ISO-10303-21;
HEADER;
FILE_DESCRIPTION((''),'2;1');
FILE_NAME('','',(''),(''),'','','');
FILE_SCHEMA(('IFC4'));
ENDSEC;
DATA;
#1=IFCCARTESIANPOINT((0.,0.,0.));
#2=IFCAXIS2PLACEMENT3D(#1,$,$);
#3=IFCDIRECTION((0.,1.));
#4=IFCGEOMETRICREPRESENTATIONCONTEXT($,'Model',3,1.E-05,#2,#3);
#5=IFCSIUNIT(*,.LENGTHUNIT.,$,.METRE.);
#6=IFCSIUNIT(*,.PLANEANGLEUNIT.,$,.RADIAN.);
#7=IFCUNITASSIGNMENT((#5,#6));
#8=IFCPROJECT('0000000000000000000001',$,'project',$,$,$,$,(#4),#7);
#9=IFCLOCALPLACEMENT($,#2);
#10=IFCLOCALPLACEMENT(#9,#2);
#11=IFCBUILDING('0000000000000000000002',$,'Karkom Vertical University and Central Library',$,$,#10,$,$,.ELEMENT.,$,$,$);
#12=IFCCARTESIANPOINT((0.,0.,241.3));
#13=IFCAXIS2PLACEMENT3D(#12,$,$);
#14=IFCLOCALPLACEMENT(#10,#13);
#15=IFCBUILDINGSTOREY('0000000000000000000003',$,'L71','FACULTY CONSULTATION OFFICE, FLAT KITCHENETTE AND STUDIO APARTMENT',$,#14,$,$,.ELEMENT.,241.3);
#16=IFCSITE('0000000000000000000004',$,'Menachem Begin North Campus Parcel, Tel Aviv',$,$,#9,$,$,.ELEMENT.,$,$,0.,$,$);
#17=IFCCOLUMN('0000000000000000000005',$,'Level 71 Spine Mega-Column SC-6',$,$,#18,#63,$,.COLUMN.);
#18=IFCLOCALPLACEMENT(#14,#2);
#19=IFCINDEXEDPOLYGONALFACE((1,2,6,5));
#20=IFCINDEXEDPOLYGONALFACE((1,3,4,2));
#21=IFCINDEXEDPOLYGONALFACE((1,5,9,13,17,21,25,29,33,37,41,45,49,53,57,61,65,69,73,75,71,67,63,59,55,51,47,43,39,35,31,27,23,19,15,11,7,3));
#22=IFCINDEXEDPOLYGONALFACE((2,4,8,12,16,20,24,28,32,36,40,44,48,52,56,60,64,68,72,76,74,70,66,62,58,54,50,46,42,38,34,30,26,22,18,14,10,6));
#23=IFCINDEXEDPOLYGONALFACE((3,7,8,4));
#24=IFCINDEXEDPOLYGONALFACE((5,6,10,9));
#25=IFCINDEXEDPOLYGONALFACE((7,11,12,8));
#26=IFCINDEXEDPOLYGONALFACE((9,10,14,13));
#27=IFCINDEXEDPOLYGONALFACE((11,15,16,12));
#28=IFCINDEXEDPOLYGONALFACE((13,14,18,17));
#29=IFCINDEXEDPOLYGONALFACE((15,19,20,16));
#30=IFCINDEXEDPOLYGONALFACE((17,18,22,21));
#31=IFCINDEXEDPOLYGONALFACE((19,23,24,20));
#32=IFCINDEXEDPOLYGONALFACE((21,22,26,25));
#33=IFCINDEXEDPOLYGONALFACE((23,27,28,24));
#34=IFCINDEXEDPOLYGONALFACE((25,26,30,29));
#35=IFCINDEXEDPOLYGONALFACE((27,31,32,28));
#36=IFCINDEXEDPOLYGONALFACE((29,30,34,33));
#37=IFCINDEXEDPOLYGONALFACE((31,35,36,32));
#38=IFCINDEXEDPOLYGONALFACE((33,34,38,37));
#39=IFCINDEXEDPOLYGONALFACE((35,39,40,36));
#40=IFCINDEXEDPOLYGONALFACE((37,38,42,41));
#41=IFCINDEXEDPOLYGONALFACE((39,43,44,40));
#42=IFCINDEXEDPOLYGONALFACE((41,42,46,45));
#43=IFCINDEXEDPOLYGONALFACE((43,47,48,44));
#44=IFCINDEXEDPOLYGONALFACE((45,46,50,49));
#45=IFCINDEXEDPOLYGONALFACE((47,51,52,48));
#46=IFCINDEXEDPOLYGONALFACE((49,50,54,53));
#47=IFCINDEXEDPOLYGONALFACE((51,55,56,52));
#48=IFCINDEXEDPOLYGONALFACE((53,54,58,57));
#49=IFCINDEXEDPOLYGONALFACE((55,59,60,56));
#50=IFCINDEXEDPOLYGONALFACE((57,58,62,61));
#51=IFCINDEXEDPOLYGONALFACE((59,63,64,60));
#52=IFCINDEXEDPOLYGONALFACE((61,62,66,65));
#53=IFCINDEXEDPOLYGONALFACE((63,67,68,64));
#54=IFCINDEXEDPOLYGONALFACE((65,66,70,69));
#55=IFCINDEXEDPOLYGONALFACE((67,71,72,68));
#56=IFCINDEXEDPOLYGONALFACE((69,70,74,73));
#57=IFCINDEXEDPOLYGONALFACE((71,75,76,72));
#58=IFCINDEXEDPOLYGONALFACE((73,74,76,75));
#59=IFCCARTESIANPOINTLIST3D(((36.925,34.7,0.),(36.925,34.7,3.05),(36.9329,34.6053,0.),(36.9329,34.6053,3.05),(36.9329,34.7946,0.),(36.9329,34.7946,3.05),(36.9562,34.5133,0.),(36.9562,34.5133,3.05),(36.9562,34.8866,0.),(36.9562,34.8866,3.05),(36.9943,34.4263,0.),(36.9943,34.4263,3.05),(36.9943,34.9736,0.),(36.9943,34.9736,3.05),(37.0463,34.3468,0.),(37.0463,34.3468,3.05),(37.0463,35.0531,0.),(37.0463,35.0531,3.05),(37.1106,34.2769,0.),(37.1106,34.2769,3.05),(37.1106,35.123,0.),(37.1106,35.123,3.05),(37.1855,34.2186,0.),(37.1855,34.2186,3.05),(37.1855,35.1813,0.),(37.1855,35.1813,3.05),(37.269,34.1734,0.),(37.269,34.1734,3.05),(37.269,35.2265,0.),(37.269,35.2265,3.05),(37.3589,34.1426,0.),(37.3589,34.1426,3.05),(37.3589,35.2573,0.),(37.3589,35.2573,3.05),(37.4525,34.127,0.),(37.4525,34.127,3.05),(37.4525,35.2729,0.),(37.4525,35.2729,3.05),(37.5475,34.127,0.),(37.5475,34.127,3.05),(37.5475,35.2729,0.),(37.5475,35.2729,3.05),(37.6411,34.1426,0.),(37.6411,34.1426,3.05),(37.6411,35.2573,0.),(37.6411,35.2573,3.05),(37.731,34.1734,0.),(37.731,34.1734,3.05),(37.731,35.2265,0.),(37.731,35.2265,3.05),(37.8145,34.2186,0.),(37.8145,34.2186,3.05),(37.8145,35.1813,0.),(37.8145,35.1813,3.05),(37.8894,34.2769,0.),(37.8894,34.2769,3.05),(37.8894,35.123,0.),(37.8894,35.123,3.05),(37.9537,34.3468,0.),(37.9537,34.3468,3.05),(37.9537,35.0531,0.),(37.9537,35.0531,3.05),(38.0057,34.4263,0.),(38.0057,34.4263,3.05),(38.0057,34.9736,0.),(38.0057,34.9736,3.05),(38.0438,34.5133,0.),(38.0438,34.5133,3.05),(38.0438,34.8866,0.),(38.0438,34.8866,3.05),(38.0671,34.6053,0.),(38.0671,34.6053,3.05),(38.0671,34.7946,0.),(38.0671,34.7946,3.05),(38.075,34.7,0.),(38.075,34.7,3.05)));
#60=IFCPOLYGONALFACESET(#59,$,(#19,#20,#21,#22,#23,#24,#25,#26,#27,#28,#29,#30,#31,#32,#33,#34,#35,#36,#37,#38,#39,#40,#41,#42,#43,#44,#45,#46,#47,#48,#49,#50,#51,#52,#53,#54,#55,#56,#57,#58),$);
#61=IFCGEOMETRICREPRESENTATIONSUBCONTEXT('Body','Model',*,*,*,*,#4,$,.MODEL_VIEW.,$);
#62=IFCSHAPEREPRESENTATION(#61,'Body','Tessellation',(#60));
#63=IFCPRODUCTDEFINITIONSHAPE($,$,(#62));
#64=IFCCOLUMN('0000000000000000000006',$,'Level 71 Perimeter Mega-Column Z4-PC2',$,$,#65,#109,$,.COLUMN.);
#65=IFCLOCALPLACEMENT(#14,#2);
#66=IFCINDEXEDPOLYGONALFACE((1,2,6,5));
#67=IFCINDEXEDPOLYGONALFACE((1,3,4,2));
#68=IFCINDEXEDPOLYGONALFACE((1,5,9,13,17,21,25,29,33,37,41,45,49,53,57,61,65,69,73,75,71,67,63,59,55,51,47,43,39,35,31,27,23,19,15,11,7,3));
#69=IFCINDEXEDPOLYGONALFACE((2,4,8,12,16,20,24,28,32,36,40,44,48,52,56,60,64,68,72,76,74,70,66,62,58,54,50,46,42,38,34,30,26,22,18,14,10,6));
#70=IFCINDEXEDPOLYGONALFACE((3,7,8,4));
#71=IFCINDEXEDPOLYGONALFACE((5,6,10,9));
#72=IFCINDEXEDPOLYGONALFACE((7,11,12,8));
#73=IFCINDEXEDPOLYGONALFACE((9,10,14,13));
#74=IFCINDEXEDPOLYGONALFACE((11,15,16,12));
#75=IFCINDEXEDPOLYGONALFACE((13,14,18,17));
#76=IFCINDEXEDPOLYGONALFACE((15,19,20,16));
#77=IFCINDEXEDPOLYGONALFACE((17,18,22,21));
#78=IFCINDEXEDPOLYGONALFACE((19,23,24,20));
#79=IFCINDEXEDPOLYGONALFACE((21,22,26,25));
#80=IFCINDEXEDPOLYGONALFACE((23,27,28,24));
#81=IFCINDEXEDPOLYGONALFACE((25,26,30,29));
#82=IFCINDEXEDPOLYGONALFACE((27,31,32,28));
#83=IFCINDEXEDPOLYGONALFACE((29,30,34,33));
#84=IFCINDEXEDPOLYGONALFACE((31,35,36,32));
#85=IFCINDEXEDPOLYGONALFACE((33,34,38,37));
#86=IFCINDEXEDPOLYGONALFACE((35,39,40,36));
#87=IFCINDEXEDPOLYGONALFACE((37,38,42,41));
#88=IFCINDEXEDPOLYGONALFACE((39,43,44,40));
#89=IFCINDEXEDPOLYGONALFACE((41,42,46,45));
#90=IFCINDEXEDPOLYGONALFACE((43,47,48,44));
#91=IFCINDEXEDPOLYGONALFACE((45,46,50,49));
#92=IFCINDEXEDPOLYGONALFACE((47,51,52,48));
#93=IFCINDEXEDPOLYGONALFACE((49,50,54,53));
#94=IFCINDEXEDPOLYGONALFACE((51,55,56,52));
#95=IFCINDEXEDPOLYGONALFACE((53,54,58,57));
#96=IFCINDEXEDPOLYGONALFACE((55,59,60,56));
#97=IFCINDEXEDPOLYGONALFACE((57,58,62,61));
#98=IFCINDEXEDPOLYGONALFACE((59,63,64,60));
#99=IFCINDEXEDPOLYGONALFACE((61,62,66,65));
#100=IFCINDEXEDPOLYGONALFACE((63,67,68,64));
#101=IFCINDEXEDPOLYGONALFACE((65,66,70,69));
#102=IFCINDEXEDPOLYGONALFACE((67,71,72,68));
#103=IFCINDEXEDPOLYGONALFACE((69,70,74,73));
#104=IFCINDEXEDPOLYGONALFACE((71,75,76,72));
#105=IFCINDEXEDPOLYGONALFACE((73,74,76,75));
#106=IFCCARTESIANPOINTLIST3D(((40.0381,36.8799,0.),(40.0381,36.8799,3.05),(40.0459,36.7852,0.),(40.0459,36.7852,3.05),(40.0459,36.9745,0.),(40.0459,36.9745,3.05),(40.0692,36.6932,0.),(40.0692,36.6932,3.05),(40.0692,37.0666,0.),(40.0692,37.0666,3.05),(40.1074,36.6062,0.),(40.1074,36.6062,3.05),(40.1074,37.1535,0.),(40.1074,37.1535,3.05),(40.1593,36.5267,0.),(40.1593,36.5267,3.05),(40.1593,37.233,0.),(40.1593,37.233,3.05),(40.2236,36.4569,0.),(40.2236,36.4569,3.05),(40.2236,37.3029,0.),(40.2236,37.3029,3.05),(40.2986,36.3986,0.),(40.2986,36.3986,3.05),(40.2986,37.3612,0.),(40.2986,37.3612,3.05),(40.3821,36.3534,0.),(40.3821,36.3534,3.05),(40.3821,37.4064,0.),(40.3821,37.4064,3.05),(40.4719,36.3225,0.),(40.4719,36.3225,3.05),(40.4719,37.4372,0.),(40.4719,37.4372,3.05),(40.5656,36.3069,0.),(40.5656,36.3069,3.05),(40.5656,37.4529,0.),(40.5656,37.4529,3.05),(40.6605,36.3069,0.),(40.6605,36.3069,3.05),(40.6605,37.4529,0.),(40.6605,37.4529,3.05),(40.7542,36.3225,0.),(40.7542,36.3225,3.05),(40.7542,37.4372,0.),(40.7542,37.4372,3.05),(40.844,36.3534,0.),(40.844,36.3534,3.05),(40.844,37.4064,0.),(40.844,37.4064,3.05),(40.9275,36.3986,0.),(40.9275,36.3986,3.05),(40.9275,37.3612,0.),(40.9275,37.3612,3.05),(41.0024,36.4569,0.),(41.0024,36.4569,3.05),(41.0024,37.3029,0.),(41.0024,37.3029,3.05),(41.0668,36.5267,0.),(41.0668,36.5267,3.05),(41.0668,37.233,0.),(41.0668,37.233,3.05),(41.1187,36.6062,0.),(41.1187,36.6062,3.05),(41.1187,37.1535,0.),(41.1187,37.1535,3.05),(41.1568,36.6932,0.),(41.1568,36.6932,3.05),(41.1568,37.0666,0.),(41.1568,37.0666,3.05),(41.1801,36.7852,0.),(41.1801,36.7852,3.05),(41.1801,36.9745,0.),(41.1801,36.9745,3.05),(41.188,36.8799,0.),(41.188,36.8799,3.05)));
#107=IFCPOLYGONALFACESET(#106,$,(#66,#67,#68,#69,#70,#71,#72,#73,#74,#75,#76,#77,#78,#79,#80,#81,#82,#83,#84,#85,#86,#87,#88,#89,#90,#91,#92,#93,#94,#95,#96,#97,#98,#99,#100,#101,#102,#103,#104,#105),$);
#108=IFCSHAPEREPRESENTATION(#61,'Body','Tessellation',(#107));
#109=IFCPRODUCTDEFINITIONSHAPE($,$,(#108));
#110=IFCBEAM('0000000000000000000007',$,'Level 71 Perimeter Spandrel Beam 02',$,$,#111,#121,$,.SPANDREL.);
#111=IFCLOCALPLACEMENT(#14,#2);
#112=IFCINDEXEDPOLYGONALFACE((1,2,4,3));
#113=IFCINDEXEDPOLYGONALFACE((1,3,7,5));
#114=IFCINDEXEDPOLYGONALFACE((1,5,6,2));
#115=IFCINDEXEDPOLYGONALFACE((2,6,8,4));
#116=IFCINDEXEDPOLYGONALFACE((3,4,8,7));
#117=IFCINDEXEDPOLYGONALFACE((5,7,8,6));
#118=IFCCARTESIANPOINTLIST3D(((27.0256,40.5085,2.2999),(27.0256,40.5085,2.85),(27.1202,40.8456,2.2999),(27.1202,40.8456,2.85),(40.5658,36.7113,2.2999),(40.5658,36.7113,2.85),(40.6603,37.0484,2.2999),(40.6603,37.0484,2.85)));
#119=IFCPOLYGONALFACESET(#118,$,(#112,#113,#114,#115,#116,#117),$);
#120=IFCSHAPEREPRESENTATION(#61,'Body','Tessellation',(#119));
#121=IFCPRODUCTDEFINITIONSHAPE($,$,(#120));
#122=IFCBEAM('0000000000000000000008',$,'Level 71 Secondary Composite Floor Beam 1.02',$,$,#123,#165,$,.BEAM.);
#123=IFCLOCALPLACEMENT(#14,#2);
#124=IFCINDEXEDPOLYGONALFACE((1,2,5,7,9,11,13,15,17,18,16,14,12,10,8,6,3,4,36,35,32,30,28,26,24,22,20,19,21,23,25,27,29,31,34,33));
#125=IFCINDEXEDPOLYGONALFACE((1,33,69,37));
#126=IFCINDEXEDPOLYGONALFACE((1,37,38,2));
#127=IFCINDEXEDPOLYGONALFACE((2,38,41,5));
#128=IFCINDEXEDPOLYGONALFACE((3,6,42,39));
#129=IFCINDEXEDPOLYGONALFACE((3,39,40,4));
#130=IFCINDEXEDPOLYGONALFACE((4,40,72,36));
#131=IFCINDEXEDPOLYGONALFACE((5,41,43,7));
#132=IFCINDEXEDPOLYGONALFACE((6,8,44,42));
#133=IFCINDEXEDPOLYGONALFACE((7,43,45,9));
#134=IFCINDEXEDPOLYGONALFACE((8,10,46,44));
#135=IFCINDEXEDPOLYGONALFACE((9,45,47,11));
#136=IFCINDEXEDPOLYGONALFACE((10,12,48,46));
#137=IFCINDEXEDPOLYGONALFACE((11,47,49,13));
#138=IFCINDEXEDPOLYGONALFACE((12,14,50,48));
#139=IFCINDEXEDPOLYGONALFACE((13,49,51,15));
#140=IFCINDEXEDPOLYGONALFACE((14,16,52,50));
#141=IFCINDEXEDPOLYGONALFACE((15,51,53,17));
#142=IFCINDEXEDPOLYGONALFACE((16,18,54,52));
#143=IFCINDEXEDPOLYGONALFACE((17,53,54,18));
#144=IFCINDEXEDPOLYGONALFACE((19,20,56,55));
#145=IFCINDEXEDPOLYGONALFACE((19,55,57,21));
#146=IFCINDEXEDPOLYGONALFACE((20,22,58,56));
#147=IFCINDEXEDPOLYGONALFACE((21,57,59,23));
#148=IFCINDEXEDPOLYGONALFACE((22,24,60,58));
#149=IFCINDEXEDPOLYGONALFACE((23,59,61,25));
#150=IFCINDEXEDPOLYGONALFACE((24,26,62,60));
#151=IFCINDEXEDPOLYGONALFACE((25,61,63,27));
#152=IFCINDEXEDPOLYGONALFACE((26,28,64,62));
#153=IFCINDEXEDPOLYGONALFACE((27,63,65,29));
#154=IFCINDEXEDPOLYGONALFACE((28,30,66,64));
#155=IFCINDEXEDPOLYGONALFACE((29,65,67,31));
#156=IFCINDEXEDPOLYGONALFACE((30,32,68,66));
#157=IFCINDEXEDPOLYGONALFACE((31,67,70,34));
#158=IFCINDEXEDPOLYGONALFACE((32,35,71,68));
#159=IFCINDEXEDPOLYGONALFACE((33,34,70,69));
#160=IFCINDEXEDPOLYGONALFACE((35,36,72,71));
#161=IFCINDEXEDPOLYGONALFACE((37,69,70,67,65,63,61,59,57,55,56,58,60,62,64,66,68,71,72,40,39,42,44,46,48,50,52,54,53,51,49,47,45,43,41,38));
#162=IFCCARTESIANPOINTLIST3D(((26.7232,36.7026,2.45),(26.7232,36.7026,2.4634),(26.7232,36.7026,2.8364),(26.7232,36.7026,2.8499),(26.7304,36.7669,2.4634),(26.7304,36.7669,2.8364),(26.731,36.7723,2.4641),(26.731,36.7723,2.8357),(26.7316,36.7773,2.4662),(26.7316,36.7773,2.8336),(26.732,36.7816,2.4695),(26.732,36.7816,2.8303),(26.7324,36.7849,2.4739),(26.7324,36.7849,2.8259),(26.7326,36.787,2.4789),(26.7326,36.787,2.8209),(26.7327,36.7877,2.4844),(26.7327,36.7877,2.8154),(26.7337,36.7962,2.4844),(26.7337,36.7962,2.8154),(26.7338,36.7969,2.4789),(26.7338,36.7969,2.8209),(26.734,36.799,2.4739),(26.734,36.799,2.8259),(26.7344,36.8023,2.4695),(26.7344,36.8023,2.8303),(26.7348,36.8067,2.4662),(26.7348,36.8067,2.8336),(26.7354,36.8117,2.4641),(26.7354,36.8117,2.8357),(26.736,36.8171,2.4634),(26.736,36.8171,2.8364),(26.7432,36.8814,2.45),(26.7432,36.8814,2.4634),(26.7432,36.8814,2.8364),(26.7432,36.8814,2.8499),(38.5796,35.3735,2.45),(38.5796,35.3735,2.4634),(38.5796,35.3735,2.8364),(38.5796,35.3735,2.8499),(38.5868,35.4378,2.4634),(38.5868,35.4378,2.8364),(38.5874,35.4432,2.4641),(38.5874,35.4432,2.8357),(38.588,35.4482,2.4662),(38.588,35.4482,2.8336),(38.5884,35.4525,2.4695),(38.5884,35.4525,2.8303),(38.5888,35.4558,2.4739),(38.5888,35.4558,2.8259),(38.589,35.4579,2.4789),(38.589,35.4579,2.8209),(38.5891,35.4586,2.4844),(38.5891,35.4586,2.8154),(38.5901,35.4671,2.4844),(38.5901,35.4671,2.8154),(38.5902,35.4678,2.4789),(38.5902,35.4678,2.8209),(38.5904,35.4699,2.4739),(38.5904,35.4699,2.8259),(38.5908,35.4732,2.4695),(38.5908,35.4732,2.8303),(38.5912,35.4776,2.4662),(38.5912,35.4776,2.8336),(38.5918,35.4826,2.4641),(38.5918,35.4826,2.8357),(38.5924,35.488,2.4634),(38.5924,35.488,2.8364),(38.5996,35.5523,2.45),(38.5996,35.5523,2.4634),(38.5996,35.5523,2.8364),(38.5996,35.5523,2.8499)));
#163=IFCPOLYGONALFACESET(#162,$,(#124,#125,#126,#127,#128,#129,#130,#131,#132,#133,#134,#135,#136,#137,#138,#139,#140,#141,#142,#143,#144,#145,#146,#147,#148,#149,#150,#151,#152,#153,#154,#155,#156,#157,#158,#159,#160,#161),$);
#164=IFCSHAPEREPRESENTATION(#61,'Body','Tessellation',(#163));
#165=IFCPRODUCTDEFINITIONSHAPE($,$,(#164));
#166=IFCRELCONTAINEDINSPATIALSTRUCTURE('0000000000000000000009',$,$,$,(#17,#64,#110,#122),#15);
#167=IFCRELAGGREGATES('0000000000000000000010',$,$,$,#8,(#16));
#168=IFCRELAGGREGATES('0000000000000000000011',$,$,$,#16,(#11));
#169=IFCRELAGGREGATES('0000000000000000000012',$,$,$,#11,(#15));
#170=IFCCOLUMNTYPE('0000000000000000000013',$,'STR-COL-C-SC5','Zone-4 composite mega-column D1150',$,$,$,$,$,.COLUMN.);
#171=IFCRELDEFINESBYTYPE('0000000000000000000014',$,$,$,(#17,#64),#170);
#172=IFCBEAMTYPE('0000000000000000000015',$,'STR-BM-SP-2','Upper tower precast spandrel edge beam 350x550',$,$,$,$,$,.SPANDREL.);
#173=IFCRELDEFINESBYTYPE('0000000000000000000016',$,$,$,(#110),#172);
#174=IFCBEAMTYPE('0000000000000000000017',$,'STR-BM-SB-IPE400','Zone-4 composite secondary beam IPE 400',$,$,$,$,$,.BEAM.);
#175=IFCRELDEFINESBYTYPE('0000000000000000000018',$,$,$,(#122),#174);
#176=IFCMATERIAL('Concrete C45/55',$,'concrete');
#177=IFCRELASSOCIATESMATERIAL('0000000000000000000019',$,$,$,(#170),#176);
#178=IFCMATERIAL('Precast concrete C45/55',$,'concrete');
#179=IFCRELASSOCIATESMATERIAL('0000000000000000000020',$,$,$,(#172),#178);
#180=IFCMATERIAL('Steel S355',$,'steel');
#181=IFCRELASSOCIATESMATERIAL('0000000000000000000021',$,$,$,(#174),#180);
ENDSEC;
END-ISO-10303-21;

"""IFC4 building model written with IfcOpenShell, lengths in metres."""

from ifc_helpers import new_model, si_unit, direction, frame, origin, origin_with_axes, origin_2d, place, context, subcontext, project, spatial, rectangle, circle, i_section, extrude, source, transform, mapped, material, material_profile, profile_set, type_object, element, save


model = new_model("IFC4")

# Units and contexts
model_context = context("Model", 3, precision=1e-05, world=origin(), true_north=direction((0.0, 1.0)))
body_context = subcontext(model_context, "Body", "Model", "MODEL_VIEW")
ifc_project = project(units=[si_unit("LENGTHUNIT", "METRE"), si_unit("PLANEANGLEUNIT", "RADIAN")], contexts=[model_context])

# Site, building, storey
site_placement = place(None, origin())
site = spatial("IfcSite", under=ifc_project, at=site_placement, Name="Menachem Begin North Campus Parcel, Tel Aviv", CompositionType="ELEMENT", RefElevation=0.0)
building_placement = place(site_placement, origin())
building = spatial("IfcBuilding", under=site, at=building_placement, Name="Karkom Vertical University and Central Library", CompositionType="ELEMENT")
storey_placement = place(building_placement, frame((0.0, 0.0, 241.3)))
storey = spatial("IfcBuildingStorey", under=building, at=storey_placement, Name="L71", Description="FACULTY CONSULTATION OFFICE, FLAT KITCHENETTE AND STUDIO APARTMENT", CompositionType="ELEMENT", Elevation=241.3)

# Columns
ifc_material_1 = material(Name="Concrete C45/55", Category="concrete")
ifc_material_profile_1 = material_profile(ifc_material_1, circle(Radius=0.575, at=origin_2d()), Name="CFT-D1150")
ifc_profile_set_1 = profile_set([ifc_material_profile_1], Name="Concrete C45/55")
column_type = type_object("IfcColumnType", Name="STR-COL-C-SC5", Description="Zone-4 composite mega-column D1150", PredefinedType="COLUMN", material=ifc_profile_set_1)
shared_shape_1 = source(origin_with_axes(), body_context, "Body", "SweptSolid", [
    extrude(circle(Radius=0.575, at=origin_2d()), origin(), (0.0, 0.0, 1.0), 3.05),
])
for number, where, z_axis, x_axis, name in (
    (1, (37.5, 34.7, 0.0), (0.0, 0.0, 1.0), (1.0, 0.0, 0.0), "Level 71 Spine Mega-Column SC-6"),
    (2, (40.613, 36.8799, 0.0), (0.0, 0.0, 1.0), (1.0, 0.0, 0.0), "Level 71 Perimeter Mega-Column Z4-PC2"),
):
    element("IfcColumn", number, at=place(storey_placement, frame(where, z_axis=z_axis, x_axis=x_axis)), inside=storey, type_object=column_type, Name=name, PredefinedType="COLUMN", context=body_context, shape_type="MappedRepresentation", body=[
        mapped(shared_shape_1, transform((0.0, 0.0, 0.0), scale=1.0)),
    ])

# Beams
ifc_material_2 = material(Name="Precast concrete C45/55", Category="concrete")
ifc_material_profile_2 = material_profile(ifc_material_2, rectangle(XDim=0.3501, YDim=0.55, at=origin_2d()), Name="SPB-350x550")
ifc_profile_set_2 = profile_set([ifc_material_profile_2], Name="Precast concrete C45/55")
beam_type_1 = type_object("IfcBeamType", Name="STR-BM-SP-2", Description="Upper tower precast spandrel edge beam 350x550", PredefinedType="SPANDREL", material=ifc_profile_set_2)
shared_shape_2 = source(origin_with_axes(), body_context, "Body", "SweptSolid", [
    extrude(rectangle(XDim=0.3501, YDim=0.55, at=origin_2d()), origin(), (0.0, 0.0, 1.0), 14.0625),
])
beam_1_placement = place(storey_placement, frame((40.613, 36.8799, 2.575), z_axis=(-0.962855, 0.27002, 0.0), x_axis=(-0.27002, -0.962855, 0.0)))
element("IfcBeam", 3, at=beam_1_placement, inside=storey, type_object=beam_type_1, Name="Level 71 Perimeter Spandrel Beam 02", PredefinedType="SPANDREL", context=body_context, shape_type="MappedRepresentation", body=[
    mapped(shared_shape_2, transform((0.0, 0.0, 0.0), scale=1.0)),
])
ifc_material_3 = material(Name="Steel S355", Category="steel")
ifc_material_profile_3 = material_profile(ifc_material_3, i_section(OverallWidth=0.1799, OverallDepth=0.3999, WebThickness=0.0085, FlangeThickness=0.0134, FilletRadius=0.021, at=origin_2d()), Name="IPE 400")
ifc_profile_set_3 = profile_set([ifc_material_profile_3], Name="Steel S355")
beam_type_2 = type_object("IfcBeamType", Name="STR-BM-SB-IPE400", Description="Zone-4 composite secondary beam IPE 400", PredefinedType="BEAM", material=ifc_profile_set_3)
shared_shape_3 = source(origin_with_axes(), body_context, "Body", "SweptSolid", [
    extrude(i_section(OverallWidth=0.1799, OverallDepth=0.3999, WebThickness=0.0085, FlangeThickness=0.0134, FilletRadius=0.021, at=origin_2d()), origin(), (0.0, 0.0, 1.0), 11.9307),
])
beam_2_placement = place(storey_placement, frame((38.5896, 35.4629, 2.6499), z_axis=(-0.993775, 0.111402, 0.0), x_axis=(-0.111402, -0.993775, 0.0)))
element("IfcBeam", 4, at=beam_2_placement, inside=storey, type_object=beam_type_2, Name="Level 71 Secondary Composite Floor Beam 1.02", PredefinedType="BEAM", context=body_context, shape_type="MappedRepresentation", body=[
    mapped(shared_shape_3, transform((0.0, 0.0, 0.0), scale=1.0)),
])

save(model, "model.ifc")
